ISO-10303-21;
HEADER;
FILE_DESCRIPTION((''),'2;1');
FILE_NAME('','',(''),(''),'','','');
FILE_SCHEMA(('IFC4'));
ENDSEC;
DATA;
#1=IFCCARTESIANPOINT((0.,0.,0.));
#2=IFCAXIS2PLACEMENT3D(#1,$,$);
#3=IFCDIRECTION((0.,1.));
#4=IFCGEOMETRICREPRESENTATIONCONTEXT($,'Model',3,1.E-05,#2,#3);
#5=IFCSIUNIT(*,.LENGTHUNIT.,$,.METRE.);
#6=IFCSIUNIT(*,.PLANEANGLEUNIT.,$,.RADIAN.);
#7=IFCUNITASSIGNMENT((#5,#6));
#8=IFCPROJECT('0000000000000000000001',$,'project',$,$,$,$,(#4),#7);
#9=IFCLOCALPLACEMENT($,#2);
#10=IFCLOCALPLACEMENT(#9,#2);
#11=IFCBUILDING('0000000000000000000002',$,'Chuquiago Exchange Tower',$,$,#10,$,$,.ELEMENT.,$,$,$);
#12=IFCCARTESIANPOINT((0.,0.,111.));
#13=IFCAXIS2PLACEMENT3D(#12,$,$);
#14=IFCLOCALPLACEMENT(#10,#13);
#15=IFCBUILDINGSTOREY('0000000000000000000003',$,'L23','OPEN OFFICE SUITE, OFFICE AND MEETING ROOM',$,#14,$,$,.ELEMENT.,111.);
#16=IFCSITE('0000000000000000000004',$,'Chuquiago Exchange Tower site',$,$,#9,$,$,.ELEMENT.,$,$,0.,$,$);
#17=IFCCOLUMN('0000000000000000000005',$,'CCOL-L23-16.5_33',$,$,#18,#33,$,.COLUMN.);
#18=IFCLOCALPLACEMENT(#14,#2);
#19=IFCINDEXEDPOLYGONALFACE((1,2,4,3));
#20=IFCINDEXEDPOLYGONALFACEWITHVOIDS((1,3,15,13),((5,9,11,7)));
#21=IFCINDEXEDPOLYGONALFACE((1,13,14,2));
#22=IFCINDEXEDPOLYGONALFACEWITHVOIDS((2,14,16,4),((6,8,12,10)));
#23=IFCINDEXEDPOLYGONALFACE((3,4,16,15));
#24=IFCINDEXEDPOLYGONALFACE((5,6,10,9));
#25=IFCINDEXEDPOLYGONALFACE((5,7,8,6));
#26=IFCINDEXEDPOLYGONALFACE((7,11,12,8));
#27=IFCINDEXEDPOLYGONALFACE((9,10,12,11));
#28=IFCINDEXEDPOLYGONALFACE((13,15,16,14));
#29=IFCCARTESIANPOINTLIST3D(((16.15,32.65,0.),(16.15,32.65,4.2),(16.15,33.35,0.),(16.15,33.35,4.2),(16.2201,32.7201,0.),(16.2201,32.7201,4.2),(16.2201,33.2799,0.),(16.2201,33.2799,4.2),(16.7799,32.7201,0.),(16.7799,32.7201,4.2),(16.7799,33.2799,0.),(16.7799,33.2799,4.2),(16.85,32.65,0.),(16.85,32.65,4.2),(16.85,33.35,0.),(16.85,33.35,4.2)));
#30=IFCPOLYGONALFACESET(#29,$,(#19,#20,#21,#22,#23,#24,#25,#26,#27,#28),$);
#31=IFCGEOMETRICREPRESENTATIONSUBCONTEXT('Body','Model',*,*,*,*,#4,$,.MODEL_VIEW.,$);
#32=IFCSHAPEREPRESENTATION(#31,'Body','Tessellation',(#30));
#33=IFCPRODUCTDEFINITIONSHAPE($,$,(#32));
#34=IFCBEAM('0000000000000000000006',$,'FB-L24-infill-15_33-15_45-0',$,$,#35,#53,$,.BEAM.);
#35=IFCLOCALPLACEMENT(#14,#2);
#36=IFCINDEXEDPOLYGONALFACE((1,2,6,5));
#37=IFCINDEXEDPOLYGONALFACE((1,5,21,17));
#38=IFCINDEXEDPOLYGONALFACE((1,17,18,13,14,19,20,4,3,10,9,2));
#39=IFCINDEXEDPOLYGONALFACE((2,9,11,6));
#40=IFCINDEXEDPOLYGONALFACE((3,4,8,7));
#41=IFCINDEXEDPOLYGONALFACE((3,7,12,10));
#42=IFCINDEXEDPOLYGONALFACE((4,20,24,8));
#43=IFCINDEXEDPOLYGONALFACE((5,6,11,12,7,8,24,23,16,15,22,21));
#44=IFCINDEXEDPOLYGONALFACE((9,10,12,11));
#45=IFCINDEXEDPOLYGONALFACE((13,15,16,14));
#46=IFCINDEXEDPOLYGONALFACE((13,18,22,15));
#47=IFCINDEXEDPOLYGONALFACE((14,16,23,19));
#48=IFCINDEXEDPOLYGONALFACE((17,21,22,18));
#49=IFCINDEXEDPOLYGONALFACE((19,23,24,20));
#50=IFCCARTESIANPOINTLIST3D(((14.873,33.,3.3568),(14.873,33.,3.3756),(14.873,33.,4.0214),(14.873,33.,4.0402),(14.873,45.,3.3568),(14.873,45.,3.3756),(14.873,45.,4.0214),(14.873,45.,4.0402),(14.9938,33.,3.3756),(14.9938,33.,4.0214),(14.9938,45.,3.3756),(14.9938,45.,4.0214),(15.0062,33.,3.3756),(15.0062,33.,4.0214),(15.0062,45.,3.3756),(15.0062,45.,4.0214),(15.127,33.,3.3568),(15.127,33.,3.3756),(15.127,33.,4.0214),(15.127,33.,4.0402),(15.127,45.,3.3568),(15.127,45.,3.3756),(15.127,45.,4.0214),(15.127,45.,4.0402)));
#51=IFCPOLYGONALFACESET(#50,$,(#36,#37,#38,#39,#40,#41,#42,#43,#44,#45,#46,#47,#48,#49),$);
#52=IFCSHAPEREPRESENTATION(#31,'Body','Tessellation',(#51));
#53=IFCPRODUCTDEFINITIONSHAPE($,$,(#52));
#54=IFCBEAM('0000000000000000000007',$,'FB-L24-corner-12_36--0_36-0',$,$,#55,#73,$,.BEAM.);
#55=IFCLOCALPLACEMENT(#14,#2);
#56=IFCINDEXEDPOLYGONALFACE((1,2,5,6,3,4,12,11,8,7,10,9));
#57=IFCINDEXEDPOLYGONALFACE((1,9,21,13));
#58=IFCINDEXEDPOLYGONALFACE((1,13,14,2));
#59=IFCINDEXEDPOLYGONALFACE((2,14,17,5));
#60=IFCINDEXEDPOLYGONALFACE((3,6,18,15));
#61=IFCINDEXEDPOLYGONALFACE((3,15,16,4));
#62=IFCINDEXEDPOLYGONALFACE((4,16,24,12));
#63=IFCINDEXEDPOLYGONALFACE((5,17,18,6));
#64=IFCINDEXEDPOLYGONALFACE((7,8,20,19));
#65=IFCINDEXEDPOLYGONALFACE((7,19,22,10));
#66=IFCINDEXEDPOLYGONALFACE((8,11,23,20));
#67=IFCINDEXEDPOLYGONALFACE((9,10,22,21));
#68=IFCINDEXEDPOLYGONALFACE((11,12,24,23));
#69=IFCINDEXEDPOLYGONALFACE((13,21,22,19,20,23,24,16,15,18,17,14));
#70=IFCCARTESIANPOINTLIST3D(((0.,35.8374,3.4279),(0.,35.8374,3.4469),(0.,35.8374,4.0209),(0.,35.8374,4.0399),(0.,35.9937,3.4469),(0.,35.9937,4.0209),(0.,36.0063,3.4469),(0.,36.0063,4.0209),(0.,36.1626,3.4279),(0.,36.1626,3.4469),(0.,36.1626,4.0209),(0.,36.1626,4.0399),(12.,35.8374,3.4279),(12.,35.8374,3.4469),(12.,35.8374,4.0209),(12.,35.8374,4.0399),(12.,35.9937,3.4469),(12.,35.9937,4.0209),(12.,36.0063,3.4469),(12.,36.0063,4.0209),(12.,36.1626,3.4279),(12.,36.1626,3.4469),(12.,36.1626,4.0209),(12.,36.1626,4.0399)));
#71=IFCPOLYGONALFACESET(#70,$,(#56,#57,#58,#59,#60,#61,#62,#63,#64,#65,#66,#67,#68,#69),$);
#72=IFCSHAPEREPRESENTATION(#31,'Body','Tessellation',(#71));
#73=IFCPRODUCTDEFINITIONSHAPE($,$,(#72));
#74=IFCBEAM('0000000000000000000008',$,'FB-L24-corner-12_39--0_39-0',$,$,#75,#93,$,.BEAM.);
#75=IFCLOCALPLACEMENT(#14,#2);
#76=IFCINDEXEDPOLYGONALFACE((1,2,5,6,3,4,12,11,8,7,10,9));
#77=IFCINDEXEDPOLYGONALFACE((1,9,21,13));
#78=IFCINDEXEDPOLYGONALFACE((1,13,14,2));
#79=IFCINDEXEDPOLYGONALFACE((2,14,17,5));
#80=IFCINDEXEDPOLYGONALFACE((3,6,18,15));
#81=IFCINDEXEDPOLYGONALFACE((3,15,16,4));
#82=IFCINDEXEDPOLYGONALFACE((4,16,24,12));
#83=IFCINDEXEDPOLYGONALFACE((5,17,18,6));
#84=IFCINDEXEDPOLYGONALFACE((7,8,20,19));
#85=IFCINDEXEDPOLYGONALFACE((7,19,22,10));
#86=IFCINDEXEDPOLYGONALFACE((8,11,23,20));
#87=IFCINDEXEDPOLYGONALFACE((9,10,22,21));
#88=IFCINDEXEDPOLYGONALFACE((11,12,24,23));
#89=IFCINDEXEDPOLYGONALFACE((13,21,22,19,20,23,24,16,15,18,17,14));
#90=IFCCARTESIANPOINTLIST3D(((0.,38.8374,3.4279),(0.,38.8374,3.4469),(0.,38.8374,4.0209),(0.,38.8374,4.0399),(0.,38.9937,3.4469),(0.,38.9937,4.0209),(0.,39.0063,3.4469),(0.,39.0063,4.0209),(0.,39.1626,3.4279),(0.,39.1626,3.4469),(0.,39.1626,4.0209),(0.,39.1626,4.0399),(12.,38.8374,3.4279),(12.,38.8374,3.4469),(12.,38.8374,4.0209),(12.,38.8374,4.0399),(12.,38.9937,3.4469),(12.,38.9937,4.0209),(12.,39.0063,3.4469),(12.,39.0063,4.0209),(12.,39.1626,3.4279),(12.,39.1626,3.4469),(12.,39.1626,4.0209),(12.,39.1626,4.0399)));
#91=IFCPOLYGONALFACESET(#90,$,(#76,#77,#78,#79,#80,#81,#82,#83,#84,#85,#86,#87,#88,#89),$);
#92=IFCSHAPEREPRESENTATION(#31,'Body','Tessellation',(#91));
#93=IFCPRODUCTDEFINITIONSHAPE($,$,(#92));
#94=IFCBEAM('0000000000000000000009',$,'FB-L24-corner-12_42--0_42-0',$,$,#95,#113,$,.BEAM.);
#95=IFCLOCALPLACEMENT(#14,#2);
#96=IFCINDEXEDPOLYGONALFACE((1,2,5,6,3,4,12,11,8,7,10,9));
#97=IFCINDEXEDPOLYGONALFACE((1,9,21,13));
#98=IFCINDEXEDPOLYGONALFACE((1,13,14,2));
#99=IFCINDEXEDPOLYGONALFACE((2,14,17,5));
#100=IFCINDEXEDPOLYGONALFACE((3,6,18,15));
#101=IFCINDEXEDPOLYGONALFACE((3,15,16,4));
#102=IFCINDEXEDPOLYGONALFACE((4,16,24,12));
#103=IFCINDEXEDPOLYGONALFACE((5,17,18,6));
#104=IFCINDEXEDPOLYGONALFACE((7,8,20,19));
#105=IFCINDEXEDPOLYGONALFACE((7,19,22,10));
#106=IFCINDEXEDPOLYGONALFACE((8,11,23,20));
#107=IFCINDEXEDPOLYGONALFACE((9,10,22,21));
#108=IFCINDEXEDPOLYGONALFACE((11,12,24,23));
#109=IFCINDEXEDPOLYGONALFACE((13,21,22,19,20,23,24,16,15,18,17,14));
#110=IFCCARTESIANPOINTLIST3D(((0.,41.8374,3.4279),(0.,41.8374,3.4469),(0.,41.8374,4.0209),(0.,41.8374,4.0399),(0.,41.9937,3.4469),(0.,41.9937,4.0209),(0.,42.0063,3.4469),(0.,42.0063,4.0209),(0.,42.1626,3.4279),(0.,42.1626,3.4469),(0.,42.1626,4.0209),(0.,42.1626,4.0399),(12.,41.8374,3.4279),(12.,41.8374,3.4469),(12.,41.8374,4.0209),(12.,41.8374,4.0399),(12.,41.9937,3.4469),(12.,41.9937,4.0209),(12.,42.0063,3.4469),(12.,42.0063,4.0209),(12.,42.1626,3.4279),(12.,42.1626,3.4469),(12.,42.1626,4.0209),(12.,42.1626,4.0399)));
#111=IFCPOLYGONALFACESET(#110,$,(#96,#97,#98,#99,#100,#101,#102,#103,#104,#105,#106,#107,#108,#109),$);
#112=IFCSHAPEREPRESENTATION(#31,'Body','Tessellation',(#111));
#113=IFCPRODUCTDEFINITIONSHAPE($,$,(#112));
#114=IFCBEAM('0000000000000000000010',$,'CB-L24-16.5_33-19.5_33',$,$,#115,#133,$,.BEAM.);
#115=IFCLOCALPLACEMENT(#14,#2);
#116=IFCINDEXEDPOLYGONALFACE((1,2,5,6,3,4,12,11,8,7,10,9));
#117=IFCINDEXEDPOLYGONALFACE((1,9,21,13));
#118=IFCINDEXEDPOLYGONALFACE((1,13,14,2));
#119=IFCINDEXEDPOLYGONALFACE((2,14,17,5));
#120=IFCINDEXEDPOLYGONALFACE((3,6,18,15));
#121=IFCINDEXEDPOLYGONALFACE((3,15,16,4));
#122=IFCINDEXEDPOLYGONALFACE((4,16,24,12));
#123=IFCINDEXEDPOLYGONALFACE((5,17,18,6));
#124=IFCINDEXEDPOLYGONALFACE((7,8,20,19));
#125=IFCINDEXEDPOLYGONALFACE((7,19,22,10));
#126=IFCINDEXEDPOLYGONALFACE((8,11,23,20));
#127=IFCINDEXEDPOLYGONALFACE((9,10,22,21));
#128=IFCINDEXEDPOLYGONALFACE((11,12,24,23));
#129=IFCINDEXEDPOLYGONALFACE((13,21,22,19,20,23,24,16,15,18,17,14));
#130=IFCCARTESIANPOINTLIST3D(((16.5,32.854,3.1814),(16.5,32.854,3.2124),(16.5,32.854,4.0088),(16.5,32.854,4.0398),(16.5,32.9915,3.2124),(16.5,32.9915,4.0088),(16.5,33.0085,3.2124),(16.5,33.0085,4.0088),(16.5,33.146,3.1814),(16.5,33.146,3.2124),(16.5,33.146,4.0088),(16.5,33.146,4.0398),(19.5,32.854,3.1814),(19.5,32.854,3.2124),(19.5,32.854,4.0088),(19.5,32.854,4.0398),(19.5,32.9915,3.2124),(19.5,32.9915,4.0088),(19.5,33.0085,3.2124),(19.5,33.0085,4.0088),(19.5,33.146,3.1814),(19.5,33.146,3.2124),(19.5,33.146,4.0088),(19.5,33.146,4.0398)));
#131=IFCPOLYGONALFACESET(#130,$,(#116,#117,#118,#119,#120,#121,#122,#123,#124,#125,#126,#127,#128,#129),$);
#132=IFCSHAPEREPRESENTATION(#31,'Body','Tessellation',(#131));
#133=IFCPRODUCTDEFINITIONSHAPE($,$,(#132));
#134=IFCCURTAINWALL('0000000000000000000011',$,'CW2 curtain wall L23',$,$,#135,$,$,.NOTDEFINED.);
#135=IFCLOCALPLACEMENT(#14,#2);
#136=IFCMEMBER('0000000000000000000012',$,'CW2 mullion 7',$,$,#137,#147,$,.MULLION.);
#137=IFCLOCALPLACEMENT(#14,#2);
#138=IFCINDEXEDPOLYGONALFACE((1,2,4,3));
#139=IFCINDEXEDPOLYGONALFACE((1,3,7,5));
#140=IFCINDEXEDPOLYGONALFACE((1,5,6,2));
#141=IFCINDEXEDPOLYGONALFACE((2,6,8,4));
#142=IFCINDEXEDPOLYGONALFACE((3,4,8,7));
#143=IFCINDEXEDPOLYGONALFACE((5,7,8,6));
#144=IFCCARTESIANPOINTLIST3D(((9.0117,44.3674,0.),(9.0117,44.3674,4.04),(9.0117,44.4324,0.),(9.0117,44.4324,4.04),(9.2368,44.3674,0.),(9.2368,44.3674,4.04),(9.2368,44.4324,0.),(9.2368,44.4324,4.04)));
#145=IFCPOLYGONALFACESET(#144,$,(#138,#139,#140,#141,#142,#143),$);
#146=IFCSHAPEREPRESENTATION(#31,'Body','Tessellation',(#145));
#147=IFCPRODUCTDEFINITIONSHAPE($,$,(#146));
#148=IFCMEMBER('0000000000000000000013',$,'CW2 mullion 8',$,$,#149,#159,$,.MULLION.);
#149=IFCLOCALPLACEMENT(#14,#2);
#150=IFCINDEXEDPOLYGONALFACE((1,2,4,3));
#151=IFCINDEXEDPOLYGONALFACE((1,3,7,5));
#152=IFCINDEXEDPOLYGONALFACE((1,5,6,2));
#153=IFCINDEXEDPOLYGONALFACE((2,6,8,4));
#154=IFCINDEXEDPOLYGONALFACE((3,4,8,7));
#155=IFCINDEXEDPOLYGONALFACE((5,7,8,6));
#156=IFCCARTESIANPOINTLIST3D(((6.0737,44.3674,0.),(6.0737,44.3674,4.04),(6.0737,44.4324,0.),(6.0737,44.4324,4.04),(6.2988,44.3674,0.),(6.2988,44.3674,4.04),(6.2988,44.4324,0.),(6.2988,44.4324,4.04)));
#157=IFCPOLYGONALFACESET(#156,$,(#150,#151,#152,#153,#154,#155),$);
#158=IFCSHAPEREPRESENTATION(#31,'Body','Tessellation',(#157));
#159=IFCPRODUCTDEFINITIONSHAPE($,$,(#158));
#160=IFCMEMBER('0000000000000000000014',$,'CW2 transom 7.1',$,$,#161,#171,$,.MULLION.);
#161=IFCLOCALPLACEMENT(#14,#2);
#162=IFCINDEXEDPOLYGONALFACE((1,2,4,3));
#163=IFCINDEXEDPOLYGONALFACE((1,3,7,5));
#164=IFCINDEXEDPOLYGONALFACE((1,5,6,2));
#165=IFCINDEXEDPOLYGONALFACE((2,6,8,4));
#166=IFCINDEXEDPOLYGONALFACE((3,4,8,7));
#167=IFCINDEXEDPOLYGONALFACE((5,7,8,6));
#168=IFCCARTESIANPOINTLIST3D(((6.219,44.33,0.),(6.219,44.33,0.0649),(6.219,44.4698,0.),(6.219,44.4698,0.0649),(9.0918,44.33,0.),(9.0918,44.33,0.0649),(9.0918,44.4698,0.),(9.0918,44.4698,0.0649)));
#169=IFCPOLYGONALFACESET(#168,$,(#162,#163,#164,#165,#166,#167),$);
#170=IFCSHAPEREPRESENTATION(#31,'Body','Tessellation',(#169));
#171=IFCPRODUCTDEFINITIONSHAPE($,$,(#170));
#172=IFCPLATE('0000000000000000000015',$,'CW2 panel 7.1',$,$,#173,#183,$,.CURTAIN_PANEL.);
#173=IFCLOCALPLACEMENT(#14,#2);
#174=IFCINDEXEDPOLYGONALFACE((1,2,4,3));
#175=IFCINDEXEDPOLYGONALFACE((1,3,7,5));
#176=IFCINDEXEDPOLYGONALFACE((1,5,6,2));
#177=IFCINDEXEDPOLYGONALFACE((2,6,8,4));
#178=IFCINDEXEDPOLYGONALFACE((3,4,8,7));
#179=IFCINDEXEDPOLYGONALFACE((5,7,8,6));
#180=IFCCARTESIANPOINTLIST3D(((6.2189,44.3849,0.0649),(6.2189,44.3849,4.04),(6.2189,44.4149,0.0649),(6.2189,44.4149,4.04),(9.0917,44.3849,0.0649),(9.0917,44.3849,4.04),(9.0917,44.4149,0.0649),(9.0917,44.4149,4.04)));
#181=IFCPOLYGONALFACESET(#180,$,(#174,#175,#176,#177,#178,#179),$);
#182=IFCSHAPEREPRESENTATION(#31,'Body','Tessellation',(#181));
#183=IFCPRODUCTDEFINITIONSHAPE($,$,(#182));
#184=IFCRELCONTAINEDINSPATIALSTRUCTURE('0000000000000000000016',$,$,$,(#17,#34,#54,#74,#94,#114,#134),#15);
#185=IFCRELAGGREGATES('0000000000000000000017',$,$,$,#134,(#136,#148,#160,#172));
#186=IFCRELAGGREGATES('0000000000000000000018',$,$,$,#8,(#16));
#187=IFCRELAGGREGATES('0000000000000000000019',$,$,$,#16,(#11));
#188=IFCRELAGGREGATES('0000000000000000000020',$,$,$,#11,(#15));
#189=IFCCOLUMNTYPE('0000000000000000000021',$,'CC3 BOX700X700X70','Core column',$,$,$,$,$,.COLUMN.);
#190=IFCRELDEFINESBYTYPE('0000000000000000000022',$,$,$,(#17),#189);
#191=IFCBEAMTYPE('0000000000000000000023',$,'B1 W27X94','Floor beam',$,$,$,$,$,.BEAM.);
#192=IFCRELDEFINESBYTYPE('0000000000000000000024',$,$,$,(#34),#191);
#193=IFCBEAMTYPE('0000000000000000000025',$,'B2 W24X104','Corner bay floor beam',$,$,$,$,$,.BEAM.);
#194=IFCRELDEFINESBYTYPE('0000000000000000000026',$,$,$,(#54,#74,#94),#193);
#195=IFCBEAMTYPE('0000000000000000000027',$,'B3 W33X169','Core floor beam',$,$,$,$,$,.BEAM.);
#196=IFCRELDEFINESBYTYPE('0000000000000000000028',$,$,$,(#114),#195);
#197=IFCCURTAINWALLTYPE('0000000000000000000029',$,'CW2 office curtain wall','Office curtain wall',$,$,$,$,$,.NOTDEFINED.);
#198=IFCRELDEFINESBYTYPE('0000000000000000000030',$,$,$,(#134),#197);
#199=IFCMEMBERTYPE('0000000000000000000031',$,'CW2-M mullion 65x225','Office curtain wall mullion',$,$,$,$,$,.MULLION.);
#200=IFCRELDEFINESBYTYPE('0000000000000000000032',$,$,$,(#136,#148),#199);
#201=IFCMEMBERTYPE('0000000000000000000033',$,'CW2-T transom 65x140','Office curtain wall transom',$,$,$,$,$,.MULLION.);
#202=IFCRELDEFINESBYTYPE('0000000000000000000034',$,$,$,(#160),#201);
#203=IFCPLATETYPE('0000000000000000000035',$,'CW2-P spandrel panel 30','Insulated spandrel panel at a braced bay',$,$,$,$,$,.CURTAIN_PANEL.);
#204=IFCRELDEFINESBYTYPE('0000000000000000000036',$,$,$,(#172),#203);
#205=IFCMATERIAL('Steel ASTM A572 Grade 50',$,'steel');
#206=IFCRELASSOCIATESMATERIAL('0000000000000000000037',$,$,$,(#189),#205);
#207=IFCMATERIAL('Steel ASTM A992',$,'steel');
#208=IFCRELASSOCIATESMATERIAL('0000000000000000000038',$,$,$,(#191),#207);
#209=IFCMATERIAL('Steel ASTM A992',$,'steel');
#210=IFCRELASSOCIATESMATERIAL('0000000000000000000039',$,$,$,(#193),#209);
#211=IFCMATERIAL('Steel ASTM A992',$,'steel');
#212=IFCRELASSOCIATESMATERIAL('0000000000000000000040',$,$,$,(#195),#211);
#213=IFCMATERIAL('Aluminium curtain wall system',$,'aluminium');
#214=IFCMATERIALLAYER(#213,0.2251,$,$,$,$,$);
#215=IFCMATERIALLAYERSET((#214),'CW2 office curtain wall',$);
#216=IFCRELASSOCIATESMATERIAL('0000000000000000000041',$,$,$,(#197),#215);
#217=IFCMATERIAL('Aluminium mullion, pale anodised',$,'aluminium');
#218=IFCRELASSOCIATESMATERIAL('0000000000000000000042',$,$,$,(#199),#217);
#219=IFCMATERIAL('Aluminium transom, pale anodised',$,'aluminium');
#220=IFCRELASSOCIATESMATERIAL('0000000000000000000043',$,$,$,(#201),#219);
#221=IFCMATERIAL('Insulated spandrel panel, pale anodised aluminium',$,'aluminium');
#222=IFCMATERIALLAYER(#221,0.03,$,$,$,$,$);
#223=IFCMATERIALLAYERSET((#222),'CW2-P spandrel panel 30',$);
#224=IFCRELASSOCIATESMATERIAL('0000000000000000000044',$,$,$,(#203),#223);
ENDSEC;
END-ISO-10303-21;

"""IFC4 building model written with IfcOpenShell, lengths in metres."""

from ifc_helpers import new_model, si_unit, direction, frame, origin, origin_2d, place, context, subcontext, project, spatial, rectangle, hollow_rectangle, i_section, extrude, material, layer, layer_set, material_profile, profile_set, type_object, element, aggregate, save


model = new_model("IFC4")

# Units and contexts
model_context = context("Model", 3, precision=1e-05, world=origin(), true_north=direction((0.0, 1.0)))
body_context = subcontext(model_context, "Body", "Model", "MODEL_VIEW")
ifc_project = project(units=[si_unit("LENGTHUNIT", "METRE"), si_unit("PLANEANGLEUNIT", "RADIAN")], contexts=[model_context])

# Site, building, storey
site_placement = place(None, origin())
site = spatial("IfcSite", under=ifc_project, at=site_placement, Name="Chuquiago Exchange Tower site", CompositionType="ELEMENT", RefElevation=0.0)
building_placement = place(site_placement, origin())
building = spatial("IfcBuilding", under=site, at=building_placement, Name="Chuquiago Exchange Tower", CompositionType="ELEMENT")
storey_placement = place(building_placement, frame((0.0, 0.0, 111.0)))
storey = spatial("IfcBuildingStorey", under=building, at=storey_placement, Name="L23", Description="OPEN OFFICE SUITE, OFFICE AND MEETING ROOM", CompositionType="ELEMENT", Elevation=111.0)

# Column
ifc_material_1 = material(Name="Steel ASTM A572 Grade 50", Category="steel")
ifc_material_profile_1 = material_profile(ifc_material_1, hollow_rectangle(XDim=0.7, YDim=0.7, WallThickness=0.0701, at=origin_2d()), Name="BOX700X700X70")
ifc_profile_set_1 = profile_set([ifc_material_profile_1], Name="Steel ASTM A572 Grade 50")
column_type = type_object("IfcColumnType", Name="CC3 BOX700X700X70", Description="Core column", PredefinedType="COLUMN", material=ifc_profile_set_1)
column_placement = place(storey_placement, frame((16.5, 33.0, 0.0), z_axis=(0.0, 0.0, 1.0), x_axis=(1.0, 0.0, 0.0)))
element("IfcColumn", 1, at=column_placement, inside=storey, type_object=column_type, Name="CCOL-L23-16.5_33", PredefinedType="COLUMN", context=body_context, shape_type="SweptSolid", body=[
    extrude(hollow_rectangle(XDim=0.7, YDim=0.7, WallThickness=0.0701, at=origin_2d()), origin(), (0.0, 0.0, 1.0), 4.2),
])

# Beams
ifc_material_2 = material(Name="Steel ASTM A992", Category="steel")
ifc_material_profile_2 = material_profile(ifc_material_2, i_section(OverallWidth=0.2539, OverallDepth=0.6833, WebThickness=0.0125, FlangeThickness=0.0188, at=origin_2d()), Name="W27X94")
ifc_profile_set_2 = profile_set([ifc_material_profile_2], Name="Steel ASTM A992")
beam_type_1 = type_object("IfcBeamType", Name="B1 W27X94", Description="Floor beam", PredefinedType="BEAM", material=ifc_profile_set_2)
beam_1_placement = place(storey_placement, frame((15.0, 33.0, 3.6985), z_axis=(0.0, 1.0, 0.0), x_axis=(-1.0, 0.0, 0.0)))
element("IfcBeam", 2, at=beam_1_placement, inside=storey, type_object=beam_type_1, Name="FB-L24-infill-15_33-15_45-0", PredefinedType="BEAM", context=body_context, shape_type="SweptSolid", body=[
    extrude(i_section(OverallWidth=0.2539, OverallDepth=0.6833, WebThickness=0.0125, FlangeThickness=0.0188, at=origin_2d()), origin(), (0.0, 0.0, 1.0), 12.0),
])
ifc_material_3 = material(Name="Steel ASTM A992", Category="steel")
ifc_material_profile_3 = material_profile(ifc_material_3, i_section(OverallWidth=0.3252, OverallDepth=0.6121, WebThickness=0.0127, FlangeThickness=0.019, at=origin_2d()), Name="W24X104")
ifc_profile_set_3 = profile_set([ifc_material_profile_3], Name="Steel ASTM A992")
beam_type_2 = type_object("IfcBeamType", Name="B2 W24X104", Description="Corner bay floor beam", PredefinedType="BEAM", material=ifc_profile_set_3)
for number, where, z_axis, x_axis, name in (
    (3, (12.0, 36.0, 3.7339), (-1.0, 0.0, 0.0), (0.0, -1.0, 0.0), "FB-L24-corner-12_36--0_36-0"),
    (4, (12.0, 39.0, 3.7339), (-1.0, 0.0, 0.0), (0.0, -1.0, 0.0), "FB-L24-corner-12_39--0_39-0"),
    (5, (12.0, 42.0, 3.7339), (-1.0, 0.0, 0.0), (0.0, -1.0, 0.0), "FB-L24-corner-12_42--0_42-0"),
):
    element("IfcBeam", number, at=place(storey_placement, frame(where, z_axis=z_axis, x_axis=x_axis)), inside=storey, type_object=beam_type_2, Name=name, PredefinedType="BEAM", context=body_context, shape_type="SweptSolid", body=[
        extrude(i_section(OverallWidth=0.3252, OverallDepth=0.6121, WebThickness=0.0127, FlangeThickness=0.019, at=origin_2d()), origin(), (0.0, 0.0, 1.0), 12.0),
    ])
ifc_material_4 = material(Name="Steel ASTM A992", Category="steel")
ifc_material_profile_4 = material_profile(ifc_material_4, i_section(OverallWidth=0.292, OverallDepth=0.8584, WebThickness=0.0171, FlangeThickness=0.031, at=origin_2d()), Name="W33X169")
ifc_profile_set_4 = profile_set([ifc_material_profile_4], Name="Steel ASTM A992")
beam_type_3 = type_object("IfcBeamType", Name="B3 W33X169", Description="Core floor beam", PredefinedType="BEAM", material=ifc_profile_set_4)
beam_2_placement = place(storey_placement, frame((16.5, 33.0, 3.6106), z_axis=(1.0, 0.0, 0.0), x_axis=(0.0, 1.0, 0.0)))
element("IfcBeam", 6, at=beam_2_placement, inside=storey, type_object=beam_type_3, Name="CB-L24-16.5_33-19.5_33", PredefinedType="BEAM", context=body_context, shape_type="SweptSolid", body=[
    extrude(i_section(OverallWidth=0.292, OverallDepth=0.8584, WebThickness=0.0171, FlangeThickness=0.031, at=origin_2d()), origin(), (0.0, 0.0, 1.0), 3.0),
])

# Curtain wall, members, plate
ifc_material_5 = material(Name="Aluminium curtain wall system", Category="aluminium")
ifc_layer_1 = layer(ifc_material_5, 0.2251)
ifc_layer_set_1 = layer_set([ifc_layer_1], Name="CW2 office curtain wall")
curtain_wall_type = type_object("IfcCurtainWallType", Name="CW2 office curtain wall", Description="Office curtain wall", PredefinedType="NOTDEFINED", material=ifc_layer_set_1)
curtain_wall_placement = place(storey_placement, origin())
curtain_wall = element("IfcCurtainWall", 7, at=curtain_wall_placement, inside=storey, type_object=curtain_wall_type, Name="CW2 curtain wall L23", PredefinedType="NOTDEFINED")
ifc_material_6 = material(Name="Aluminium mullion, pale anodised", Category="aluminium")
ifc_material_profile_5 = material_profile(ifc_material_6, rectangle(XDim=0.0649, YDim=0.2251, at=origin_2d()), Name="AL 65x225")
ifc_profile_set_5 = profile_set([ifc_material_profile_5], Name="Aluminium mullion, pale anodised")
member_type_1 = type_object("IfcMemberType", Name="CW2-M mullion 65x225", Description="Office curtain wall mullion", PredefinedType="MULLION", material=ifc_profile_set_5)
member_1_placement = place(storey_placement, frame((9.1243, 44.3999, 0.0), z_axis=(0.0, 0.0, 1.0), x_axis=(0.0, -1.0, 0.0)))
member_1 = element("IfcMember", 8, at=member_1_placement, type_object=member_type_1, Name="CW2 mullion 7", PredefinedType="MULLION", context=body_context, shape_type="SweptSolid", body=[
    extrude(rectangle(XDim=0.0649, YDim=0.2251, at=origin_2d()), origin(), (0.0, 0.0, 1.0), 4.04),
])
member_2_placement = place(storey_placement, frame((6.1863, 44.3999, 0.0), z_axis=(0.0, 0.0, 1.0), x_axis=(0.0, -1.0, 0.0)))
member_2 = element("IfcMember", 9, at=member_2_placement, type_object=member_type_1, Name="CW2 mullion 8", PredefinedType="MULLION", context=body_context, shape_type="SweptSolid", body=[
    extrude(rectangle(XDim=0.0649, YDim=0.2251, at=origin_2d()), origin(), (0.0, 0.0, 1.0), 4.04),
])
ifc_material_7 = material(Name="Aluminium transom, pale anodised", Category="aluminium")
ifc_material_profile_6 = material_profile(ifc_material_7, rectangle(XDim=0.1399, YDim=0.0649, at=origin_2d()), Name="AL 140x65")
ifc_profile_set_6 = profile_set([ifc_material_profile_6], Name="Aluminium transom, pale anodised")
member_type_2 = type_object("IfcMemberType", Name="CW2-T transom 65x140", Description="Office curtain wall transom", PredefinedType="MULLION", material=ifc_profile_set_6)
member_3_placement = place(storey_placement, frame((9.0918, 44.3999, 0.0325), z_axis=(-1.0, 0.0, 0.0), x_axis=(0.0, -1.0, 0.0)))
member_3 = element("IfcMember", 10, at=member_3_placement, type_object=member_type_2, Name="CW2 transom 7.1", PredefinedType="MULLION", context=body_context, shape_type="SweptSolid", body=[
    extrude(rectangle(XDim=0.1399, YDim=0.0649, at=origin_2d()), origin(), (0.0, 0.0, 1.0), 2.8728),
])
ifc_material_8 = material(Name="Insulated spandrel panel, pale anodised aluminium", Category="aluminium")
ifc_layer_2 = layer(ifc_material_8, 0.03)
ifc_layer_set_2 = layer_set([ifc_layer_2], Name="CW2-P spandrel panel 30")
plate_type = type_object("IfcPlateType", Name="CW2-P spandrel panel 30", Description="Insulated spandrel panel at a braced bay", PredefinedType="CURTAIN_PANEL", material=ifc_layer_set_2)
plate_placement = place(storey_placement, frame((7.6553, 44.3999, 0.0649), z_axis=(0.0, 0.0, 1.0), x_axis=(-1.0, 0.0, 0.0)))
plate = element("IfcPlate", 11, at=plate_placement, type_object=plate_type, Name="CW2 panel 7.1", PredefinedType="CURTAIN_PANEL", context=body_context, shape_type="SweptSolid", body=[
    extrude(rectangle(XDim=2.8728, YDim=0.03, at=origin_2d()), origin(), (0.0, 0.0, 1.0), 3.9751),
])
aggregate(curtain_wall, [member_1, member_2, member_3, plate])

save(model, "model.ifc")
